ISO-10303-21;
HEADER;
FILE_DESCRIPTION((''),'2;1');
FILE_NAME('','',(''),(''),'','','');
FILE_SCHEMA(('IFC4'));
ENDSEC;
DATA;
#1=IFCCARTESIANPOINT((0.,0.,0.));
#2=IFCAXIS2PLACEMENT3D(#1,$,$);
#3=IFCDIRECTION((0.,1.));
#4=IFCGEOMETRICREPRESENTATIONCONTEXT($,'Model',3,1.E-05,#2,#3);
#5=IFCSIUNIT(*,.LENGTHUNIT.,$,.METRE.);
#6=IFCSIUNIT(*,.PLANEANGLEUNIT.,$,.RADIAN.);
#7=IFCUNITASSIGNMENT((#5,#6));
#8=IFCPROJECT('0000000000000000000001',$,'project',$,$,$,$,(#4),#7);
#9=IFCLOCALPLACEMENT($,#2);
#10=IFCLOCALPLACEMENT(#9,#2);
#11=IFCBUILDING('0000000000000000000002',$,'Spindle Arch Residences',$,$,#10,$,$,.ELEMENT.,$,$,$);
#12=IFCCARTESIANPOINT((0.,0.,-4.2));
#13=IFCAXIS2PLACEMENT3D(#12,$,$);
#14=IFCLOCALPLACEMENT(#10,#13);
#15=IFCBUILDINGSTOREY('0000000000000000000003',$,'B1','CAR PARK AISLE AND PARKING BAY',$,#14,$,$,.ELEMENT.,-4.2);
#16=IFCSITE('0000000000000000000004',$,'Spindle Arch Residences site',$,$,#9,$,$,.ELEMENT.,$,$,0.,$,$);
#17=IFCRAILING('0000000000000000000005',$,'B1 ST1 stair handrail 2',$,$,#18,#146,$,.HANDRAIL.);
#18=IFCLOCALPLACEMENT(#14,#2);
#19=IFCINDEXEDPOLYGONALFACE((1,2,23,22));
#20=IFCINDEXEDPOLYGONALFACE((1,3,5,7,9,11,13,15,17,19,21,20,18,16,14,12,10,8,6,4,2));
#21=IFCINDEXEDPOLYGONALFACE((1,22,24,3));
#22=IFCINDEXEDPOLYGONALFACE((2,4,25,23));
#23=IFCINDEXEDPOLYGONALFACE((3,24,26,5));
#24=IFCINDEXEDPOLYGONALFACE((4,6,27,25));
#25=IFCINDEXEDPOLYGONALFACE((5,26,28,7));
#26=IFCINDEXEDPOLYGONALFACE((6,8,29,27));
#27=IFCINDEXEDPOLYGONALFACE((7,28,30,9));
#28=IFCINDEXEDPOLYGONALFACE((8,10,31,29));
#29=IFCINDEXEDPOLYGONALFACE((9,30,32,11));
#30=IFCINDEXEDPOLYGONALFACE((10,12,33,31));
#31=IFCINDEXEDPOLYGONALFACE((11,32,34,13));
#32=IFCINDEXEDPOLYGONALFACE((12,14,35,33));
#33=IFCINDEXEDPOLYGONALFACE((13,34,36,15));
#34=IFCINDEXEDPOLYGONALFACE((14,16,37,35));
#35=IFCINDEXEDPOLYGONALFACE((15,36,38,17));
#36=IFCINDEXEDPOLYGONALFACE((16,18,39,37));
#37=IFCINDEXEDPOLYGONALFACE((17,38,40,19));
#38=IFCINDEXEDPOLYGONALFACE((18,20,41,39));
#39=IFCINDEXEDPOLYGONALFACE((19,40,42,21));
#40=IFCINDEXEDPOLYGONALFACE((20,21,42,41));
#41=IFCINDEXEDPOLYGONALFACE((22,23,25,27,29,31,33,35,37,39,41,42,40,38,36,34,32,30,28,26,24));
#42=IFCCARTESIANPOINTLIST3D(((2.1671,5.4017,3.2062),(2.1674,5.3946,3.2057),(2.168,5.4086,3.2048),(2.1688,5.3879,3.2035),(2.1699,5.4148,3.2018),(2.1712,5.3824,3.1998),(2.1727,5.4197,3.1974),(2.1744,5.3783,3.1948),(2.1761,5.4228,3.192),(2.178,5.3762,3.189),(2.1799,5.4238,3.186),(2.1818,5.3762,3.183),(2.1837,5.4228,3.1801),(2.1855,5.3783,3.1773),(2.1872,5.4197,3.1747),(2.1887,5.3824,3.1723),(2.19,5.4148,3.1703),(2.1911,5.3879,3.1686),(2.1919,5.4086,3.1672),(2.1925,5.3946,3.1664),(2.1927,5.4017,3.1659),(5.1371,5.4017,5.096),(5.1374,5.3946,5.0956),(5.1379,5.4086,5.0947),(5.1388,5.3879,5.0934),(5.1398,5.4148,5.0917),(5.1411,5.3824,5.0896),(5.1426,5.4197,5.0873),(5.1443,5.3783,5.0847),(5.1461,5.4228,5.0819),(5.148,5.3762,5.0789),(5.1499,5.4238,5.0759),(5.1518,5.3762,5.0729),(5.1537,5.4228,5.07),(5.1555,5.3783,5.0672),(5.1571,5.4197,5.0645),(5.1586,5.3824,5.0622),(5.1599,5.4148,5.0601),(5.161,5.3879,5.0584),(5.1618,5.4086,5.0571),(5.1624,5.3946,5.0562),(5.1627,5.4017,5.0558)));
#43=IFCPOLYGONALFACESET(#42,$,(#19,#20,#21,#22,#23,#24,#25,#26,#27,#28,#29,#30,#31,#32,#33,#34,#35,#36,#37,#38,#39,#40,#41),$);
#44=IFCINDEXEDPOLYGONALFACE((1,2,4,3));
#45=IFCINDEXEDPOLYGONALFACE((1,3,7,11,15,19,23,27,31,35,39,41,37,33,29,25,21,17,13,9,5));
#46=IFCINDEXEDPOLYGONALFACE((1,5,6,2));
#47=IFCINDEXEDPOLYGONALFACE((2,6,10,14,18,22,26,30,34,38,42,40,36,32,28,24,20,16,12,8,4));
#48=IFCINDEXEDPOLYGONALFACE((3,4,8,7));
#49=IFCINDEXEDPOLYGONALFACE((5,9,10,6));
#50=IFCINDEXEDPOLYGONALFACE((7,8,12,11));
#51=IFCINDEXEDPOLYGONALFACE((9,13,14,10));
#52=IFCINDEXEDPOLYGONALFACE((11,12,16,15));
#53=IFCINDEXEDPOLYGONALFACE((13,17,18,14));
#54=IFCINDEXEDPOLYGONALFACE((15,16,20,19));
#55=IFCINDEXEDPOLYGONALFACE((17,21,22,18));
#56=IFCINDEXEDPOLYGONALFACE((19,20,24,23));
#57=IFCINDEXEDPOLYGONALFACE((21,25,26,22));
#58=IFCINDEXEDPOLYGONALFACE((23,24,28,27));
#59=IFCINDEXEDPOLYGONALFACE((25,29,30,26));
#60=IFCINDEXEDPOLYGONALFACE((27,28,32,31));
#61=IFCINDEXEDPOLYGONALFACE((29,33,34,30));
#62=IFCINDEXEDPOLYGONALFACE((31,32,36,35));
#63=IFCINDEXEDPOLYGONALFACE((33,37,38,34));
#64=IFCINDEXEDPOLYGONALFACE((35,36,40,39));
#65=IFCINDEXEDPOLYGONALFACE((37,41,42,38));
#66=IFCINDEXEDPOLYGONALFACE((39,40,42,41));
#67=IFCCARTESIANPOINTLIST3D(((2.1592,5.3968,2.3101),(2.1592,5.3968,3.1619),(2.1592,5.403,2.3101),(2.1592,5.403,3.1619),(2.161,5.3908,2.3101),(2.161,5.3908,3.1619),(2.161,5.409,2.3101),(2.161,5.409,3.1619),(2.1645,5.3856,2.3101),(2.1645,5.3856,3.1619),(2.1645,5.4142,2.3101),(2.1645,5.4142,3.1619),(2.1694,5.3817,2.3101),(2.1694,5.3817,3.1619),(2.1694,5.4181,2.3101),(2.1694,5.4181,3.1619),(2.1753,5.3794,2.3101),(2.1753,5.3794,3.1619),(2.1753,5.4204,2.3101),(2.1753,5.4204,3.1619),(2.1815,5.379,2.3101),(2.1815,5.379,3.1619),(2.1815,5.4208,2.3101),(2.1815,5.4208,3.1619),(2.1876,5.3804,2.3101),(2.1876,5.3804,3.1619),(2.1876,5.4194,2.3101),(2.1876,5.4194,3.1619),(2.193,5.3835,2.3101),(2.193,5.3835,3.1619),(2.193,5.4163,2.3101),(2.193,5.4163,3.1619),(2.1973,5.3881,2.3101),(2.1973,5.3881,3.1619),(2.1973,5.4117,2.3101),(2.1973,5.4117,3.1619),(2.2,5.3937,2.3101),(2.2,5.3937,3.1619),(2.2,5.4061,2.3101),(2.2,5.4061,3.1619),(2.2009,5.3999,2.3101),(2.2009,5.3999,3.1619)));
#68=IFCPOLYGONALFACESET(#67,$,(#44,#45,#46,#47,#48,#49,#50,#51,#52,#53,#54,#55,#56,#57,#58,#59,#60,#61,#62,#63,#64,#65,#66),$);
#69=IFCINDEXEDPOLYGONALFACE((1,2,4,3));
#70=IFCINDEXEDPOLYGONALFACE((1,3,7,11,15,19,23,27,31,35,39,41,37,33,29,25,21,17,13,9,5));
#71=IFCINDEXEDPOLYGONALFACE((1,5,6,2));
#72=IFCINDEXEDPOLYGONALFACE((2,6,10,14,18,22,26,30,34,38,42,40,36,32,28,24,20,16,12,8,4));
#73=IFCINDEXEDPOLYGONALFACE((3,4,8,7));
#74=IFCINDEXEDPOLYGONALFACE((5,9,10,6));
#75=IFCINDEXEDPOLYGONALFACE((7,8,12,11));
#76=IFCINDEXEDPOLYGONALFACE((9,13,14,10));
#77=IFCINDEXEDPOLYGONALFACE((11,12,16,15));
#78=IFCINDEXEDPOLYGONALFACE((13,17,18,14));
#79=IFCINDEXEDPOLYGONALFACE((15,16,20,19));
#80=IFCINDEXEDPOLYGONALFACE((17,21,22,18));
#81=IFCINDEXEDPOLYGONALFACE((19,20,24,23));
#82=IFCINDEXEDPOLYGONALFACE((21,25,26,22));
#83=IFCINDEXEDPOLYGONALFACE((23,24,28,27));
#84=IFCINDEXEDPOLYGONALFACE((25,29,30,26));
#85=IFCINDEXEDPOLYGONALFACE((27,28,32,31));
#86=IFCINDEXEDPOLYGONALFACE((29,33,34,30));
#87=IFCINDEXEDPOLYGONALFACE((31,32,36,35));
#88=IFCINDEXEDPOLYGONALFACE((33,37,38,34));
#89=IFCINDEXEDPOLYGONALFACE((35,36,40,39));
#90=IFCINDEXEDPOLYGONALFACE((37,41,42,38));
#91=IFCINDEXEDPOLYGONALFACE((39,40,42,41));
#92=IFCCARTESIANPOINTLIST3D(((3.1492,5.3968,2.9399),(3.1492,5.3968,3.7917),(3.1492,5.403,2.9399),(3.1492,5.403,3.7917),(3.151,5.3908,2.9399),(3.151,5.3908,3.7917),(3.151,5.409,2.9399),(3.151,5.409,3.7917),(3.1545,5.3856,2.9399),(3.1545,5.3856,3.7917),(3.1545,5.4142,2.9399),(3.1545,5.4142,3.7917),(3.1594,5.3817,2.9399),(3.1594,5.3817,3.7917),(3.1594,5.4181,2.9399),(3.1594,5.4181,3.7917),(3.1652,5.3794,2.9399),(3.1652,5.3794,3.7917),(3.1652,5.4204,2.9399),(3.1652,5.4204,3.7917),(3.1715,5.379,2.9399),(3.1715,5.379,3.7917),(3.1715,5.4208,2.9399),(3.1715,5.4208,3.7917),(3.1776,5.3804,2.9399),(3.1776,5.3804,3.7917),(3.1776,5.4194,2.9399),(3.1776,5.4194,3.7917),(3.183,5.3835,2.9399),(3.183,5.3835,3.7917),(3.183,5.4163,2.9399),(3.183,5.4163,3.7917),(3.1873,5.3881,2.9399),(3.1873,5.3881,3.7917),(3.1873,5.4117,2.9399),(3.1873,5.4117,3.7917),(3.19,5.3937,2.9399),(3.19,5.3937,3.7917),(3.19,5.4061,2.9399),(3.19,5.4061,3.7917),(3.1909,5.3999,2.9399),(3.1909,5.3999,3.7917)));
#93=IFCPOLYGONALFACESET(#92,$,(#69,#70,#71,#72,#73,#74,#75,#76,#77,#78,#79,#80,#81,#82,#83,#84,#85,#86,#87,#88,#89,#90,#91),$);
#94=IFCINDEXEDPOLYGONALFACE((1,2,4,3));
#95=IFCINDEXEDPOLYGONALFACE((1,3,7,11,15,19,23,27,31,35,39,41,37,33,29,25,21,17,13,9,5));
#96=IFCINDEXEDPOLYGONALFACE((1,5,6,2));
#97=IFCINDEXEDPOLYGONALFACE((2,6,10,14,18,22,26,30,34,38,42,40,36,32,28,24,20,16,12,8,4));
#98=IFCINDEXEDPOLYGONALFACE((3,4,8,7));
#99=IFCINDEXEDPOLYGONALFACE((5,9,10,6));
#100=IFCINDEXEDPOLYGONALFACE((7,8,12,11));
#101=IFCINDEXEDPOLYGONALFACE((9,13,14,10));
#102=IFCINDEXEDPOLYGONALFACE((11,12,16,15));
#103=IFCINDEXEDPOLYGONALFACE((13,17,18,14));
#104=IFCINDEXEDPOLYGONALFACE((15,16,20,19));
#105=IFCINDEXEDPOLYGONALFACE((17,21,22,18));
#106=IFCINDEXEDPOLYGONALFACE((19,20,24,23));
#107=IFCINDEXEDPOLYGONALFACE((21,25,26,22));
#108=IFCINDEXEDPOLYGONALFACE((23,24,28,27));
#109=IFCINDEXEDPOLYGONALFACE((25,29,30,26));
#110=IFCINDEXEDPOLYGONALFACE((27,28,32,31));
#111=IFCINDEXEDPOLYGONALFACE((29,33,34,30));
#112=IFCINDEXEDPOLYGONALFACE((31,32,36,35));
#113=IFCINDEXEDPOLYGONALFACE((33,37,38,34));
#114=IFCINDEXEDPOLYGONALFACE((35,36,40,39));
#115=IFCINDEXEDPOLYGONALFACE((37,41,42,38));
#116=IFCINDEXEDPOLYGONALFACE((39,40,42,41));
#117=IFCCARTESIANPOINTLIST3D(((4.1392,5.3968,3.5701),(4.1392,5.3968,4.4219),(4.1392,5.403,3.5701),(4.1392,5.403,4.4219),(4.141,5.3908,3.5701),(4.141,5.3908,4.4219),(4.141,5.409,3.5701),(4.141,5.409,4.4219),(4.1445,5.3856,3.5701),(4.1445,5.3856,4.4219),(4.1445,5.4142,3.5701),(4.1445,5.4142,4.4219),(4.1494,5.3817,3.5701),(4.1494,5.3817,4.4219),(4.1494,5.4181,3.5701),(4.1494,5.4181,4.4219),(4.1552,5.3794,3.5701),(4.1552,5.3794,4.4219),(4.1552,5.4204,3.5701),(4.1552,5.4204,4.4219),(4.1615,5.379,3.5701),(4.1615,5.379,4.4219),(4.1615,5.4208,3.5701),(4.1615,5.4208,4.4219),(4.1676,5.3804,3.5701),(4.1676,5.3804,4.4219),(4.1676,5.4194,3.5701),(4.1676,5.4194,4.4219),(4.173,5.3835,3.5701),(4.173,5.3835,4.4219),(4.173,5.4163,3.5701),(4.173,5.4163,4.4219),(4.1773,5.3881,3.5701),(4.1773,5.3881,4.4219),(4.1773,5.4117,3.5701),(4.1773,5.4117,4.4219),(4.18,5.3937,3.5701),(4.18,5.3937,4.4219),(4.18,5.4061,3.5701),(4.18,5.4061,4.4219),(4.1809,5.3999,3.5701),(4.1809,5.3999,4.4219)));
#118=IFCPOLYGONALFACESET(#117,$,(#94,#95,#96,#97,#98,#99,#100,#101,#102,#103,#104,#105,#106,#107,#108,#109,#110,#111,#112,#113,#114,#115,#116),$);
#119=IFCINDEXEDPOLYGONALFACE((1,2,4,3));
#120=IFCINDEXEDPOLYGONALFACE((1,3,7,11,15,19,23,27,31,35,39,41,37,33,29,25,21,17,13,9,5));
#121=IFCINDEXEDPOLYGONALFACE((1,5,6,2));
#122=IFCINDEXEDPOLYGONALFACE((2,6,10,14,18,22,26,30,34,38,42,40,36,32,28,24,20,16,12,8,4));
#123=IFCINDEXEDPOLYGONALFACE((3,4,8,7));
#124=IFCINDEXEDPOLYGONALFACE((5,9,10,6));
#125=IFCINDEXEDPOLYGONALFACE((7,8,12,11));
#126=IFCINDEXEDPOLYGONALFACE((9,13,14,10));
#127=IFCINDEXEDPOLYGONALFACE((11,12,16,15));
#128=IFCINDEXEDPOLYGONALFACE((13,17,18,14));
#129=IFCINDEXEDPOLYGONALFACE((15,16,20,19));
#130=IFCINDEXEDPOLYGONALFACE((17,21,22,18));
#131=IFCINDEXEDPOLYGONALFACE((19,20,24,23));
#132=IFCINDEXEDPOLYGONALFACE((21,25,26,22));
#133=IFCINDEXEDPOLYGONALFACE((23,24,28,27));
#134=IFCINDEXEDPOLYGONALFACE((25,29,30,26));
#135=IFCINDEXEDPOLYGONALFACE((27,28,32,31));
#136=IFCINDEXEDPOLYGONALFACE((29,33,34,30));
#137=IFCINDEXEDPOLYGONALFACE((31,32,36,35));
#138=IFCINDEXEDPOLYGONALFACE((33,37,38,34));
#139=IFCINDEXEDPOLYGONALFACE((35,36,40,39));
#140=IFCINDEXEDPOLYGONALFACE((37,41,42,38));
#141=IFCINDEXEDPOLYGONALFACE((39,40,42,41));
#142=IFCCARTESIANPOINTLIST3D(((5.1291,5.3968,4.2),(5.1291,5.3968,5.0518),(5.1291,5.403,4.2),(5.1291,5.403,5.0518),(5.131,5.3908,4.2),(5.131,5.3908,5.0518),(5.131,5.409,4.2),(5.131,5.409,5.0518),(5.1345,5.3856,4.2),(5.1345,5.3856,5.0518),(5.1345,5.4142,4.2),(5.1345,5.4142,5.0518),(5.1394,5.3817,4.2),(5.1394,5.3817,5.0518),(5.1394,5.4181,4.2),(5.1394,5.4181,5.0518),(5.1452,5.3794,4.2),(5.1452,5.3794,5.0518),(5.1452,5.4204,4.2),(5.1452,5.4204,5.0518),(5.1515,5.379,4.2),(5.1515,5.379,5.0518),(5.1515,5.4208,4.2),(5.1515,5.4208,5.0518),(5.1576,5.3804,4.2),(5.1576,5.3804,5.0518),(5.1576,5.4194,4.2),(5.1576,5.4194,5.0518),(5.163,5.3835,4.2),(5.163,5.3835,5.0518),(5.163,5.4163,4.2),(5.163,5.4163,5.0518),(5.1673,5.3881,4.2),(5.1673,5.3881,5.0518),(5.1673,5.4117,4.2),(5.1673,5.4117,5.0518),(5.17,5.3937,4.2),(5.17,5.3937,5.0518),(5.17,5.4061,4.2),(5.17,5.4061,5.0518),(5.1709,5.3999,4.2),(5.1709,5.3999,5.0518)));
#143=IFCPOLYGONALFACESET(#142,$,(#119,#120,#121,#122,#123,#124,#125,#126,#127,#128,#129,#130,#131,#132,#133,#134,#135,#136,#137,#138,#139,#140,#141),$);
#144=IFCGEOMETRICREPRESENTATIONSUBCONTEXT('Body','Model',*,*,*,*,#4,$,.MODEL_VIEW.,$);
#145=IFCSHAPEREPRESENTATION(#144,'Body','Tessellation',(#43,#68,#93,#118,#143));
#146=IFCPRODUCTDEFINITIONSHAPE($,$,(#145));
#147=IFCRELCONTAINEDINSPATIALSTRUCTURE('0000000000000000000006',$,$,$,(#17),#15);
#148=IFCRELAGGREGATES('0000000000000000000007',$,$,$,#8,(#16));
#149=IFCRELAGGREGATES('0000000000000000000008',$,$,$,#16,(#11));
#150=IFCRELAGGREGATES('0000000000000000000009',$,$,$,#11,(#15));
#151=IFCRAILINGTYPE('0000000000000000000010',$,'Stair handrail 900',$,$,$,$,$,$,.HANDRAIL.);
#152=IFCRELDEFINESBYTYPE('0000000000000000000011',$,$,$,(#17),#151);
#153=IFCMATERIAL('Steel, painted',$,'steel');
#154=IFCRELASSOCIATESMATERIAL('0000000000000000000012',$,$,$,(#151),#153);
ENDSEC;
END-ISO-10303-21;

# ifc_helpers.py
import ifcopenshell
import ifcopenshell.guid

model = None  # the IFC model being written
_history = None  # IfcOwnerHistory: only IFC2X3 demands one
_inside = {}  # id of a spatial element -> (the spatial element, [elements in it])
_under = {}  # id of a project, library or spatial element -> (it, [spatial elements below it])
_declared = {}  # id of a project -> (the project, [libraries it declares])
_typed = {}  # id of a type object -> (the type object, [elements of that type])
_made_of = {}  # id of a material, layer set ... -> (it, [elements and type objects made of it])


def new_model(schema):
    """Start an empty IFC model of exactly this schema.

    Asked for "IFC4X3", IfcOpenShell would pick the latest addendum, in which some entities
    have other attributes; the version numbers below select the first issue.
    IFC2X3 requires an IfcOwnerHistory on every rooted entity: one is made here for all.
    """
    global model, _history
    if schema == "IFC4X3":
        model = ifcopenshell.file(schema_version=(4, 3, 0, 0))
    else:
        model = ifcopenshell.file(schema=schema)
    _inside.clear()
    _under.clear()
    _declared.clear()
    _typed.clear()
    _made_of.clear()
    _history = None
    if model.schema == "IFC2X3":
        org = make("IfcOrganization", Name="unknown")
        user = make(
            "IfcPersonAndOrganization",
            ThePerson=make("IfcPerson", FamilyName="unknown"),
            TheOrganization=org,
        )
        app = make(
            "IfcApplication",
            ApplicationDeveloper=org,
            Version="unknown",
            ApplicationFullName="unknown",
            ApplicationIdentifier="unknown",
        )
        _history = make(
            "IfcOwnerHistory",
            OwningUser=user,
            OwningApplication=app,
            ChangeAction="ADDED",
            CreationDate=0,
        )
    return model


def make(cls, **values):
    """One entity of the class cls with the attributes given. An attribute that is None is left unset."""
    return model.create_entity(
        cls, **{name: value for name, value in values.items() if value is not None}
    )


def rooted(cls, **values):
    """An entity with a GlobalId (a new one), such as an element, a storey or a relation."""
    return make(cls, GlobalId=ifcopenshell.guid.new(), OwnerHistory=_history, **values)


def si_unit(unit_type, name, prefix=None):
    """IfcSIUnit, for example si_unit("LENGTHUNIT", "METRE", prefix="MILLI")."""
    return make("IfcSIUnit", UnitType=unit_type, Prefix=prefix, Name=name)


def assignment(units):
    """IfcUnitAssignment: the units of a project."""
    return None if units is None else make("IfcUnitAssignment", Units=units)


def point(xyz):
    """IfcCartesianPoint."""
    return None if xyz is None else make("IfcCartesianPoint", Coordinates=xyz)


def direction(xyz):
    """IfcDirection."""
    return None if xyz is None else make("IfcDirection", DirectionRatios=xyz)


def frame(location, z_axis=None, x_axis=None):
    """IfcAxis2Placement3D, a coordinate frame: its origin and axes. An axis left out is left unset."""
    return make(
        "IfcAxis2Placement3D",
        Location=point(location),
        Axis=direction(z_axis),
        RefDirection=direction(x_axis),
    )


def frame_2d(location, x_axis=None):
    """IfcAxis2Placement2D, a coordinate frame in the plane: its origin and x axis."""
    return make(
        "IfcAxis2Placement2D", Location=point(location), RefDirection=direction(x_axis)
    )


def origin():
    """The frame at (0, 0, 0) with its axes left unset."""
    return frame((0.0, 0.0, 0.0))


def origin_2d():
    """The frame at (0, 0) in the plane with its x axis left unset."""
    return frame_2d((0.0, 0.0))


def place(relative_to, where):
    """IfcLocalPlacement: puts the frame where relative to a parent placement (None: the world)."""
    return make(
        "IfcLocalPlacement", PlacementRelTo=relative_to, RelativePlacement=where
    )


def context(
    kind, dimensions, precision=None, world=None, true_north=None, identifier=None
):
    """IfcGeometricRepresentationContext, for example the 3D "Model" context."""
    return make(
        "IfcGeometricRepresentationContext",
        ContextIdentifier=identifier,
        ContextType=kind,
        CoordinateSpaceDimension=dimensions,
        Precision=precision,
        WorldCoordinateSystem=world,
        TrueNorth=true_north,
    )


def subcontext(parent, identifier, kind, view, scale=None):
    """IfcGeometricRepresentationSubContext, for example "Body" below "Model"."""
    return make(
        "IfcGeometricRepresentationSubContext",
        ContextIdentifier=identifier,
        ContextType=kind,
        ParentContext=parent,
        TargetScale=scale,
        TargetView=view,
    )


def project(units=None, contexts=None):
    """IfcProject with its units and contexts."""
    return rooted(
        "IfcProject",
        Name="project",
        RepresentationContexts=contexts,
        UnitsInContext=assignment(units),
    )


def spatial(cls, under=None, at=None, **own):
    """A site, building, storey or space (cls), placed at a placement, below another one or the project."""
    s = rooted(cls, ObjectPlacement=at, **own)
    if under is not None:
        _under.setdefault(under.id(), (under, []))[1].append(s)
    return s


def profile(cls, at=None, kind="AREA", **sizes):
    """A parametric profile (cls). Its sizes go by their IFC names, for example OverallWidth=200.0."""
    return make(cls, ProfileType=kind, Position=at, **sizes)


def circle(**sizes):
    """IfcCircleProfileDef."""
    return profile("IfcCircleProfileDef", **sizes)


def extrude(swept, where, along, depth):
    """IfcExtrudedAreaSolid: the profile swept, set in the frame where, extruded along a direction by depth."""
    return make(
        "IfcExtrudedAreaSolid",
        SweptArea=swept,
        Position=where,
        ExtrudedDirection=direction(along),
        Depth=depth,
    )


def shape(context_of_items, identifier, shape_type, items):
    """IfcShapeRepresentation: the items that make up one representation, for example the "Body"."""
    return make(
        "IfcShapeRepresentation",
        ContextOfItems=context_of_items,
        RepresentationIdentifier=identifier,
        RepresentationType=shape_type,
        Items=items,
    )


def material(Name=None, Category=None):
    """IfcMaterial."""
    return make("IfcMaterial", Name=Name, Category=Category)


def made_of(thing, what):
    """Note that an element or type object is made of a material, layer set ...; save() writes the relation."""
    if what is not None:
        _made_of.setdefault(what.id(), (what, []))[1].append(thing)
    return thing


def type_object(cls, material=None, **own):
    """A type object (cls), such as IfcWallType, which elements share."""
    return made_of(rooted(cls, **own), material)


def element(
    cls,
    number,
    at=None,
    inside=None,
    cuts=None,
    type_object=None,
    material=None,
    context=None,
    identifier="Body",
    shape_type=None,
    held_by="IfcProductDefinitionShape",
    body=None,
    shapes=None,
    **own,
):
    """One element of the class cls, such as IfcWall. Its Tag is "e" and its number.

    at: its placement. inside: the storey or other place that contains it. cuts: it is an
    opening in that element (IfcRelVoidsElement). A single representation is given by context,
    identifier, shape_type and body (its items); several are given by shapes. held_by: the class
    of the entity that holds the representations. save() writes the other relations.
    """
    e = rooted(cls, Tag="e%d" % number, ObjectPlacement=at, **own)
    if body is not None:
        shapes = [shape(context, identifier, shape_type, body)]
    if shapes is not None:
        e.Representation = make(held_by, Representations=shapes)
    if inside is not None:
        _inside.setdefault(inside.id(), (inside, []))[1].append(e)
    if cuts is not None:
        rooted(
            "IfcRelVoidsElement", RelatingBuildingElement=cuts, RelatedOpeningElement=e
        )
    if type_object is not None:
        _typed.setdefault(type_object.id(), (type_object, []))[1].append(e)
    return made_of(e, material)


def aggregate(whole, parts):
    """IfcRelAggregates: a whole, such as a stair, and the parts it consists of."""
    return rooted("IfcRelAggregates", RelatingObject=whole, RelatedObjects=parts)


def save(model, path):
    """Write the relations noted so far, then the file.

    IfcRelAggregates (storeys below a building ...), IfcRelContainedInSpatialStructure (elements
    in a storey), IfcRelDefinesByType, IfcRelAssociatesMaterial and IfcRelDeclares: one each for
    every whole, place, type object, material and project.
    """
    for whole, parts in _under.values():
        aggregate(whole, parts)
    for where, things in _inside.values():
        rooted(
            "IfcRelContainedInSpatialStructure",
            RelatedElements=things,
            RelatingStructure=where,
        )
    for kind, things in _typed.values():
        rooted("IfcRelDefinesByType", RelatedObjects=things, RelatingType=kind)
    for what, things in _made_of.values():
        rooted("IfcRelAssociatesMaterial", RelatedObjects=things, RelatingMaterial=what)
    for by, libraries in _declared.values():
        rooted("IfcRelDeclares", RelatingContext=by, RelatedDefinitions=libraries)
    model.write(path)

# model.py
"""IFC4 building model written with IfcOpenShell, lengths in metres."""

from ifc_helpers import new_model, si_unit, direction, frame, origin, origin_2d, place, context, subcontext, project, spatial, circle, extrude, material, type_object, element, save


model = new_model("IFC4")

# Units and contexts
model_context = context("Model", 3, precision=1e-05, world=origin(), true_north=direction((0.0, 1.0)))
body_context = subcontext(model_context, "Body", "Model", "MODEL_VIEW")
ifc_project = project(units=[si_unit("LENGTHUNIT", "METRE"), si_unit("PLANEANGLEUNIT", "RADIAN")], contexts=[model_context])

# Site, building, storey
site_placement = place(None, origin())
site = spatial("IfcSite", under=ifc_project, at=site_placement, Name="Spindle Arch Residences site", CompositionType="ELEMENT", RefElevation=0.0)
building_placement = place(site_placement, origin())
building = spatial("IfcBuilding", under=site, at=building_placement, Name="Spindle Arch Residences", CompositionType="ELEMENT")
storey_placement = place(building_placement, frame((0.0, 0.0, -4.2)))
storey = spatial("IfcBuildingStorey", under=building, at=storey_placement, Name="B1", Description="CAR PARK AISLE AND PARKING BAY", CompositionType="ELEMENT", Elevation=-4.2)

# Railing
ifc_material_1 = material(Name="Steel, painted", Category="steel")
railing_type_1 = type_object("IfcRailingType", Name="Stair handrail 900", PredefinedType="HANDRAIL", material=ifc_material_1)
railing_1_placement = place(storey_placement, frame((2.1799, 5.3999, 2.3101)))
element("IfcRailing", 1, at=railing_1_placement, inside=storey, type_object=railing_type_1, Name="B1 ST1 stair handrail 2", PredefinedType="HANDRAIL", context=body_context, shape_type="SweptSolid", body=[
    extrude(circle(Radius=0.0239, at=origin_2d()), frame((0.0, 0.0, 0.876), z_axis=(0.843673, 0.0, 0.536858), x_axis=(0.0, 1.0, 0.0)), (0.0, 0.0, 1.0), 3.5203),
    extrude(circle(Radius=0.021, at=origin_2d()), origin(), (0.0, 0.0, 1.0), 0.8518),
    extrude(circle(Radius=0.021, at=origin_2d()), frame((0.99, 0.0, 0.6299)), (0.0, 0.0, 1.0), 0.8518),
    extrude(circle(Radius=0.021, at=origin_2d()), frame((1.98, 0.0, 1.26)), (0.0, 0.0, 1.0), 0.8518),
    extrude(circle(Radius=0.021, at=origin_2d()), frame((2.97, 0.0, 1.8899)), (0.0, 0.0, 1.0), 0.8518),
])

save(model, "model.ifc")
